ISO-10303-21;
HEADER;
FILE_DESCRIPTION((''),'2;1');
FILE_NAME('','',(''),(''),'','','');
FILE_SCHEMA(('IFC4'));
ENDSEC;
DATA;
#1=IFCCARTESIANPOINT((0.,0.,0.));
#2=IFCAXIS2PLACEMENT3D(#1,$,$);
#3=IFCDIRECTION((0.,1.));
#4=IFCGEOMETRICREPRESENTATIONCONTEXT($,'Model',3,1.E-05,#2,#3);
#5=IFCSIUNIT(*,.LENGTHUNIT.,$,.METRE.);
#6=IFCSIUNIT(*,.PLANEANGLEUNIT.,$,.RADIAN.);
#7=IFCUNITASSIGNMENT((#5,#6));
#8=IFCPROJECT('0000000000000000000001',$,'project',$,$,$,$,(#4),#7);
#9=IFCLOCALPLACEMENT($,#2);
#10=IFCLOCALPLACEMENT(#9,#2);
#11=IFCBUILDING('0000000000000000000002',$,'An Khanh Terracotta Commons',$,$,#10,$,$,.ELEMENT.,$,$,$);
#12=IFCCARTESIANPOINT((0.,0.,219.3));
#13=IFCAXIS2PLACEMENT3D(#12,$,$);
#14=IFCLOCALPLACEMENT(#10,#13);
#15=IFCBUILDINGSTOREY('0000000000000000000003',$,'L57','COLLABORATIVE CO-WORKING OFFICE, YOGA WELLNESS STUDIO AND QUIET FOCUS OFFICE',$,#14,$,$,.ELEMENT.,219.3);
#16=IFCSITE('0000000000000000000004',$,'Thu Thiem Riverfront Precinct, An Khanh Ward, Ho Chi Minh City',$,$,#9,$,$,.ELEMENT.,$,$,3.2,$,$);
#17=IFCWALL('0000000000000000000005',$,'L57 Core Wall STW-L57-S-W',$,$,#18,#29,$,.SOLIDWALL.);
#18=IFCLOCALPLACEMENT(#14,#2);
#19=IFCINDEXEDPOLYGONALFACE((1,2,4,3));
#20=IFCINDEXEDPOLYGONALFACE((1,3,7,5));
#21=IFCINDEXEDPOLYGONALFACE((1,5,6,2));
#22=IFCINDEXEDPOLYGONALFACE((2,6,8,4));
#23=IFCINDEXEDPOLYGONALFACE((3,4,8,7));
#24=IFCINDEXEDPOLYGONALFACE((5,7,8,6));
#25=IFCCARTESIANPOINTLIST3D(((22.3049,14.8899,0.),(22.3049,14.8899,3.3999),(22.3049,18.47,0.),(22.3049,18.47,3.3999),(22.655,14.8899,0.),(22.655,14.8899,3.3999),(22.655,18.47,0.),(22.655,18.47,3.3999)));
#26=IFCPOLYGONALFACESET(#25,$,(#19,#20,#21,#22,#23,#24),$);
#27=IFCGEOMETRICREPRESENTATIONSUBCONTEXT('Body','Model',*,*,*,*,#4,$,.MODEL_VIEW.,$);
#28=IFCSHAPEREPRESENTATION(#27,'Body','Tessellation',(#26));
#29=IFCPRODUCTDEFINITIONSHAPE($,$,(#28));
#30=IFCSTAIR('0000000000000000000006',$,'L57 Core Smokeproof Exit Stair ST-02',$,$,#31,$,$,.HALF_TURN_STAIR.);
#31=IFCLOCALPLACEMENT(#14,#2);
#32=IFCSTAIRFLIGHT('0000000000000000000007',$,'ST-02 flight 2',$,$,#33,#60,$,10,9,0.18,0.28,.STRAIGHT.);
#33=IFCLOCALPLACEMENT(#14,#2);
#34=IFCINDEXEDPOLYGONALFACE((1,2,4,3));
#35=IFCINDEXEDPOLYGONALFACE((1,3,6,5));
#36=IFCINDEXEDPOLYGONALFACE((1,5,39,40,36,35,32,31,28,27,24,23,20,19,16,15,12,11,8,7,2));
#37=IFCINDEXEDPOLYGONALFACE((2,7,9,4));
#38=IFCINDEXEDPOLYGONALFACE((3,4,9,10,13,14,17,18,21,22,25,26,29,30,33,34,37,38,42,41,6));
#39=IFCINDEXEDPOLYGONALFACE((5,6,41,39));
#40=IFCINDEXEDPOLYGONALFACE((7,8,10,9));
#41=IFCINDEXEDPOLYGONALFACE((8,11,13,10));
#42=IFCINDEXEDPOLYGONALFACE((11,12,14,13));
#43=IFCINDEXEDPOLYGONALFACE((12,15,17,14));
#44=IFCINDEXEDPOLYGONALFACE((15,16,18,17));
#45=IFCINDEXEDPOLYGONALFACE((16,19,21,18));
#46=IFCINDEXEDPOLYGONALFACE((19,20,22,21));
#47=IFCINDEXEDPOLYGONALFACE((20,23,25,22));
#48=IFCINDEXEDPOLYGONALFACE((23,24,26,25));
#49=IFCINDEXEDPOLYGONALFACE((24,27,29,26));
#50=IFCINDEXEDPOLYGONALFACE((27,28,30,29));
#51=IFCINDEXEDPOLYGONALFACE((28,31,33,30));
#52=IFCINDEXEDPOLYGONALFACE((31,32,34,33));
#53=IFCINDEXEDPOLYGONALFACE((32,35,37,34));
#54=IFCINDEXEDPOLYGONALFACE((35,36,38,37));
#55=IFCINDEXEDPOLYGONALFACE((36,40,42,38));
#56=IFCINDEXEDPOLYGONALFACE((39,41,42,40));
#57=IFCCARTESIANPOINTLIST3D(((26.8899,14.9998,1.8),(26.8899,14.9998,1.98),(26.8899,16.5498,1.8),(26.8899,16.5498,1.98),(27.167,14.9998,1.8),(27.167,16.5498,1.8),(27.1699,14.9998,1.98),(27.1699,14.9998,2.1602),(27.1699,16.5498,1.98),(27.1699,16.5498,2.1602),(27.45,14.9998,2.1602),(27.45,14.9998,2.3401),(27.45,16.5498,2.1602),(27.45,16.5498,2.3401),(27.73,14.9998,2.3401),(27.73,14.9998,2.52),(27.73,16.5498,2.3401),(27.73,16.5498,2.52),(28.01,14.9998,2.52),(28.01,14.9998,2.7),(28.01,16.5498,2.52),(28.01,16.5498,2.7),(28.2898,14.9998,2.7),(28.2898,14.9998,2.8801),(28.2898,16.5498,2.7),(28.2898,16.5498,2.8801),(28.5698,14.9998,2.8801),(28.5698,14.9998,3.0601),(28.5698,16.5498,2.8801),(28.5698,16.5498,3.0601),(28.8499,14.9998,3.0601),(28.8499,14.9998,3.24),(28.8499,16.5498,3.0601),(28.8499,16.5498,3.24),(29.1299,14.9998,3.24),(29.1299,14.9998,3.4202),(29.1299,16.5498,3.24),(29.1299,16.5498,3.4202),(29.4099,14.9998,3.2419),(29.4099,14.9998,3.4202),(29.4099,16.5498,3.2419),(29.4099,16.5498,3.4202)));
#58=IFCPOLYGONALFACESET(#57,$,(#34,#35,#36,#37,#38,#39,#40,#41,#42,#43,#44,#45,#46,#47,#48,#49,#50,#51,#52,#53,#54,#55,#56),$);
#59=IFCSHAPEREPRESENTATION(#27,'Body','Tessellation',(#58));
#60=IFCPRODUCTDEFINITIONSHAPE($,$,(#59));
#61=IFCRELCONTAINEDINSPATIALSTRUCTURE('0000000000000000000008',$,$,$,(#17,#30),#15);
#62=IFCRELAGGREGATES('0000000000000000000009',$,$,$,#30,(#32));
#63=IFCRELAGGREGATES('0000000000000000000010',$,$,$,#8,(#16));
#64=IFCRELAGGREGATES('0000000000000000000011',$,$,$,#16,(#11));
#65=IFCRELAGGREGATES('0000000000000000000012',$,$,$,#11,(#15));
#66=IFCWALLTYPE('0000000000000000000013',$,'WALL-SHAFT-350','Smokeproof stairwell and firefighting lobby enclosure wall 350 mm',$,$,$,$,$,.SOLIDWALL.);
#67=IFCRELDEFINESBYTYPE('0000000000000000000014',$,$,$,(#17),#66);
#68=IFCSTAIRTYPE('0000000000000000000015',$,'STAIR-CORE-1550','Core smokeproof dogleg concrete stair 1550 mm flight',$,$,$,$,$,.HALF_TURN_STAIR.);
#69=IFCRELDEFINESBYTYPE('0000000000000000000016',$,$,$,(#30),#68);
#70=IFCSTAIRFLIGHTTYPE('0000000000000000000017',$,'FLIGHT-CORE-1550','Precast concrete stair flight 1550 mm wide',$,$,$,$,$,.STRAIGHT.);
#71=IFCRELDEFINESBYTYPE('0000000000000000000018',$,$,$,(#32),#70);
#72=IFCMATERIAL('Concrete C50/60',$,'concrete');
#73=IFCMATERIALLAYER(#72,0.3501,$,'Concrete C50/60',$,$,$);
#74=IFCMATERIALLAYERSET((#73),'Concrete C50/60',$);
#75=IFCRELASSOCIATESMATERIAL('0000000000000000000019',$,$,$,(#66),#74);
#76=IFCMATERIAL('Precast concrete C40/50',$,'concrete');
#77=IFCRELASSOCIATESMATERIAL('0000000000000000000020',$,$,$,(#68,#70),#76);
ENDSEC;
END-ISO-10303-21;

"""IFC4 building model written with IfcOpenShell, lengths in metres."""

from ifc_helpers import new_model, si_unit, direction, frame, frame_2d, origin, place, context, subcontext, project, spatial, polyline, rectangle, outline, extrude, material, layer, layer_set, type_object, element, aggregate, save


model = new_model("IFC4")

# Units and contexts
model_context = context("Model", 3, precision=1e-05, world=origin(), true_north=direction((0.0, 1.0)))
body_context = subcontext(model_context, "Body", "Model", "MODEL_VIEW")
ifc_project = project(units=[si_unit("LENGTHUNIT", "METRE"), si_unit("PLANEANGLEUNIT", "RADIAN")], contexts=[model_context])

# Site, building, storey
site_placement = place(None, origin())
site = spatial("IfcSite", under=ifc_project, at=site_placement, Name="Thu Thiem Riverfront Precinct, An Khanh Ward, Ho Chi Minh City", CompositionType="ELEMENT", RefElevation=3.2)
building_placement = place(site_placement, origin())
building = spatial("IfcBuilding", under=site, at=building_placement, Name="An Khanh Terracotta Commons", CompositionType="ELEMENT")
storey_placement = place(building_placement, frame((0.0, 0.0, 219.3)))
storey = spatial("IfcBuildingStorey", under=building, at=storey_placement, Name="L57", Description="COLLABORATIVE CO-WORKING OFFICE, YOGA WELLNESS STUDIO AND QUIET FOCUS OFFICE", CompositionType="ELEMENT", Elevation=219.3)

# Shared definitions
ifc_material_1 = material(Name="Concrete C50/60", Category="concrete")

# Shared definitions
ifc_material_2 = material(Name="Precast concrete C40/50", Category="concrete")

# Wall
ifc_layer_1 = layer(ifc_material_1, 0.3501, Name="Concrete C50/60")
ifc_layer_set_1 = layer_set([ifc_layer_1], Name="Concrete C50/60")
wall_type_1 = type_object("IfcWallType", Name="WALL-SHAFT-350", Description="Smokeproof stairwell and firefighting lobby enclosure wall 350 mm", PredefinedType="SOLIDWALL", material=ifc_layer_set_1)
wall_1_placement = place(storey_placement, frame((22.48, 14.8899, 0.0), z_axis=(0.0, 0.0, 1.0), x_axis=(0.0, 1.0, 0.0)))
element("IfcWall", 1, at=wall_1_placement, inside=storey, type_object=wall_type_1, Name="L57 Core Wall STW-L57-S-W", PredefinedType="SOLIDWALL", context=body_context, shape_type="SweptSolid", body=[
    extrude(rectangle(XDim=3.5801, YDim=0.3501, at=frame_2d((1.79, 0.0))), origin(), (0.0, 0.0, 1.0), 3.3999),
])

# Stair, stair flight
stair_type = type_object("IfcStairType", Name="STAIR-CORE-1550", Description="Core smokeproof dogleg concrete stair 1550 mm flight", PredefinedType="HALF_TURN_STAIR", material=ifc_material_2)
stair_placement = place(storey_placement, origin())
stair = element("IfcStair", 2, at=stair_placement, inside=storey, type_object=stair_type, Name="L57 Core Smokeproof Exit Stair ST-02", PredefinedType="HALF_TURN_STAIR")
stair_flight_type = type_object("IfcStairFlightType", Name="FLIGHT-CORE-1550", Description="Precast concrete stair flight 1550 mm wide", PredefinedType="STRAIGHT", material=ifc_material_2)
stair_flight_placement = place(storey_placement, frame((26.8899, 15.7749, 1.8), z_axis=(0.0, 0.0, 1.0), x_axis=(1.0, 0.0, 0.0)))
stair_flight = element("IfcStairFlight", 3, at=stair_flight_placement, type_object=stair_flight_type, Name="ST-02 flight 2", NumberOfRisers=10, NumberOfTreads=9, PredefinedType="STRAIGHT", RiserHeight=0.18, TreadLength=0.28, context=body_context, shape_type="SweptSolid", body=[
    extrude(outline(polyline([(0.0, 0.0), (0.0, 0.1799), (0.28, 0.1799), (0.28, 0.3601), (0.5601, 0.3601), (0.5601, 0.54), (0.8401, 0.54), (0.8401, 0.72), (1.1201, 0.72), (1.1201, 0.8999), (1.3999, 0.8999), (1.3999, 1.0801), (1.6799, 1.0801), (1.6799, 1.26), (1.96, 1.26), (1.96, 1.4399), (2.24, 1.4399), (2.24, 1.6201), (2.52, 1.6201), (2.52, 1.8), (2.52, 1.4419), (0.2771, 0.0), (0.0, 0.0)])), frame((0.0, 0.7749, 0.0), z_axis=(0.0, -1.0, 0.0), x_axis=(1.0, 0.0, 0.0)), (0.0, 0.0, 1.0), 1.55),
])
aggregate(stair, [stair_flight])

save(model, "model.ifc")
